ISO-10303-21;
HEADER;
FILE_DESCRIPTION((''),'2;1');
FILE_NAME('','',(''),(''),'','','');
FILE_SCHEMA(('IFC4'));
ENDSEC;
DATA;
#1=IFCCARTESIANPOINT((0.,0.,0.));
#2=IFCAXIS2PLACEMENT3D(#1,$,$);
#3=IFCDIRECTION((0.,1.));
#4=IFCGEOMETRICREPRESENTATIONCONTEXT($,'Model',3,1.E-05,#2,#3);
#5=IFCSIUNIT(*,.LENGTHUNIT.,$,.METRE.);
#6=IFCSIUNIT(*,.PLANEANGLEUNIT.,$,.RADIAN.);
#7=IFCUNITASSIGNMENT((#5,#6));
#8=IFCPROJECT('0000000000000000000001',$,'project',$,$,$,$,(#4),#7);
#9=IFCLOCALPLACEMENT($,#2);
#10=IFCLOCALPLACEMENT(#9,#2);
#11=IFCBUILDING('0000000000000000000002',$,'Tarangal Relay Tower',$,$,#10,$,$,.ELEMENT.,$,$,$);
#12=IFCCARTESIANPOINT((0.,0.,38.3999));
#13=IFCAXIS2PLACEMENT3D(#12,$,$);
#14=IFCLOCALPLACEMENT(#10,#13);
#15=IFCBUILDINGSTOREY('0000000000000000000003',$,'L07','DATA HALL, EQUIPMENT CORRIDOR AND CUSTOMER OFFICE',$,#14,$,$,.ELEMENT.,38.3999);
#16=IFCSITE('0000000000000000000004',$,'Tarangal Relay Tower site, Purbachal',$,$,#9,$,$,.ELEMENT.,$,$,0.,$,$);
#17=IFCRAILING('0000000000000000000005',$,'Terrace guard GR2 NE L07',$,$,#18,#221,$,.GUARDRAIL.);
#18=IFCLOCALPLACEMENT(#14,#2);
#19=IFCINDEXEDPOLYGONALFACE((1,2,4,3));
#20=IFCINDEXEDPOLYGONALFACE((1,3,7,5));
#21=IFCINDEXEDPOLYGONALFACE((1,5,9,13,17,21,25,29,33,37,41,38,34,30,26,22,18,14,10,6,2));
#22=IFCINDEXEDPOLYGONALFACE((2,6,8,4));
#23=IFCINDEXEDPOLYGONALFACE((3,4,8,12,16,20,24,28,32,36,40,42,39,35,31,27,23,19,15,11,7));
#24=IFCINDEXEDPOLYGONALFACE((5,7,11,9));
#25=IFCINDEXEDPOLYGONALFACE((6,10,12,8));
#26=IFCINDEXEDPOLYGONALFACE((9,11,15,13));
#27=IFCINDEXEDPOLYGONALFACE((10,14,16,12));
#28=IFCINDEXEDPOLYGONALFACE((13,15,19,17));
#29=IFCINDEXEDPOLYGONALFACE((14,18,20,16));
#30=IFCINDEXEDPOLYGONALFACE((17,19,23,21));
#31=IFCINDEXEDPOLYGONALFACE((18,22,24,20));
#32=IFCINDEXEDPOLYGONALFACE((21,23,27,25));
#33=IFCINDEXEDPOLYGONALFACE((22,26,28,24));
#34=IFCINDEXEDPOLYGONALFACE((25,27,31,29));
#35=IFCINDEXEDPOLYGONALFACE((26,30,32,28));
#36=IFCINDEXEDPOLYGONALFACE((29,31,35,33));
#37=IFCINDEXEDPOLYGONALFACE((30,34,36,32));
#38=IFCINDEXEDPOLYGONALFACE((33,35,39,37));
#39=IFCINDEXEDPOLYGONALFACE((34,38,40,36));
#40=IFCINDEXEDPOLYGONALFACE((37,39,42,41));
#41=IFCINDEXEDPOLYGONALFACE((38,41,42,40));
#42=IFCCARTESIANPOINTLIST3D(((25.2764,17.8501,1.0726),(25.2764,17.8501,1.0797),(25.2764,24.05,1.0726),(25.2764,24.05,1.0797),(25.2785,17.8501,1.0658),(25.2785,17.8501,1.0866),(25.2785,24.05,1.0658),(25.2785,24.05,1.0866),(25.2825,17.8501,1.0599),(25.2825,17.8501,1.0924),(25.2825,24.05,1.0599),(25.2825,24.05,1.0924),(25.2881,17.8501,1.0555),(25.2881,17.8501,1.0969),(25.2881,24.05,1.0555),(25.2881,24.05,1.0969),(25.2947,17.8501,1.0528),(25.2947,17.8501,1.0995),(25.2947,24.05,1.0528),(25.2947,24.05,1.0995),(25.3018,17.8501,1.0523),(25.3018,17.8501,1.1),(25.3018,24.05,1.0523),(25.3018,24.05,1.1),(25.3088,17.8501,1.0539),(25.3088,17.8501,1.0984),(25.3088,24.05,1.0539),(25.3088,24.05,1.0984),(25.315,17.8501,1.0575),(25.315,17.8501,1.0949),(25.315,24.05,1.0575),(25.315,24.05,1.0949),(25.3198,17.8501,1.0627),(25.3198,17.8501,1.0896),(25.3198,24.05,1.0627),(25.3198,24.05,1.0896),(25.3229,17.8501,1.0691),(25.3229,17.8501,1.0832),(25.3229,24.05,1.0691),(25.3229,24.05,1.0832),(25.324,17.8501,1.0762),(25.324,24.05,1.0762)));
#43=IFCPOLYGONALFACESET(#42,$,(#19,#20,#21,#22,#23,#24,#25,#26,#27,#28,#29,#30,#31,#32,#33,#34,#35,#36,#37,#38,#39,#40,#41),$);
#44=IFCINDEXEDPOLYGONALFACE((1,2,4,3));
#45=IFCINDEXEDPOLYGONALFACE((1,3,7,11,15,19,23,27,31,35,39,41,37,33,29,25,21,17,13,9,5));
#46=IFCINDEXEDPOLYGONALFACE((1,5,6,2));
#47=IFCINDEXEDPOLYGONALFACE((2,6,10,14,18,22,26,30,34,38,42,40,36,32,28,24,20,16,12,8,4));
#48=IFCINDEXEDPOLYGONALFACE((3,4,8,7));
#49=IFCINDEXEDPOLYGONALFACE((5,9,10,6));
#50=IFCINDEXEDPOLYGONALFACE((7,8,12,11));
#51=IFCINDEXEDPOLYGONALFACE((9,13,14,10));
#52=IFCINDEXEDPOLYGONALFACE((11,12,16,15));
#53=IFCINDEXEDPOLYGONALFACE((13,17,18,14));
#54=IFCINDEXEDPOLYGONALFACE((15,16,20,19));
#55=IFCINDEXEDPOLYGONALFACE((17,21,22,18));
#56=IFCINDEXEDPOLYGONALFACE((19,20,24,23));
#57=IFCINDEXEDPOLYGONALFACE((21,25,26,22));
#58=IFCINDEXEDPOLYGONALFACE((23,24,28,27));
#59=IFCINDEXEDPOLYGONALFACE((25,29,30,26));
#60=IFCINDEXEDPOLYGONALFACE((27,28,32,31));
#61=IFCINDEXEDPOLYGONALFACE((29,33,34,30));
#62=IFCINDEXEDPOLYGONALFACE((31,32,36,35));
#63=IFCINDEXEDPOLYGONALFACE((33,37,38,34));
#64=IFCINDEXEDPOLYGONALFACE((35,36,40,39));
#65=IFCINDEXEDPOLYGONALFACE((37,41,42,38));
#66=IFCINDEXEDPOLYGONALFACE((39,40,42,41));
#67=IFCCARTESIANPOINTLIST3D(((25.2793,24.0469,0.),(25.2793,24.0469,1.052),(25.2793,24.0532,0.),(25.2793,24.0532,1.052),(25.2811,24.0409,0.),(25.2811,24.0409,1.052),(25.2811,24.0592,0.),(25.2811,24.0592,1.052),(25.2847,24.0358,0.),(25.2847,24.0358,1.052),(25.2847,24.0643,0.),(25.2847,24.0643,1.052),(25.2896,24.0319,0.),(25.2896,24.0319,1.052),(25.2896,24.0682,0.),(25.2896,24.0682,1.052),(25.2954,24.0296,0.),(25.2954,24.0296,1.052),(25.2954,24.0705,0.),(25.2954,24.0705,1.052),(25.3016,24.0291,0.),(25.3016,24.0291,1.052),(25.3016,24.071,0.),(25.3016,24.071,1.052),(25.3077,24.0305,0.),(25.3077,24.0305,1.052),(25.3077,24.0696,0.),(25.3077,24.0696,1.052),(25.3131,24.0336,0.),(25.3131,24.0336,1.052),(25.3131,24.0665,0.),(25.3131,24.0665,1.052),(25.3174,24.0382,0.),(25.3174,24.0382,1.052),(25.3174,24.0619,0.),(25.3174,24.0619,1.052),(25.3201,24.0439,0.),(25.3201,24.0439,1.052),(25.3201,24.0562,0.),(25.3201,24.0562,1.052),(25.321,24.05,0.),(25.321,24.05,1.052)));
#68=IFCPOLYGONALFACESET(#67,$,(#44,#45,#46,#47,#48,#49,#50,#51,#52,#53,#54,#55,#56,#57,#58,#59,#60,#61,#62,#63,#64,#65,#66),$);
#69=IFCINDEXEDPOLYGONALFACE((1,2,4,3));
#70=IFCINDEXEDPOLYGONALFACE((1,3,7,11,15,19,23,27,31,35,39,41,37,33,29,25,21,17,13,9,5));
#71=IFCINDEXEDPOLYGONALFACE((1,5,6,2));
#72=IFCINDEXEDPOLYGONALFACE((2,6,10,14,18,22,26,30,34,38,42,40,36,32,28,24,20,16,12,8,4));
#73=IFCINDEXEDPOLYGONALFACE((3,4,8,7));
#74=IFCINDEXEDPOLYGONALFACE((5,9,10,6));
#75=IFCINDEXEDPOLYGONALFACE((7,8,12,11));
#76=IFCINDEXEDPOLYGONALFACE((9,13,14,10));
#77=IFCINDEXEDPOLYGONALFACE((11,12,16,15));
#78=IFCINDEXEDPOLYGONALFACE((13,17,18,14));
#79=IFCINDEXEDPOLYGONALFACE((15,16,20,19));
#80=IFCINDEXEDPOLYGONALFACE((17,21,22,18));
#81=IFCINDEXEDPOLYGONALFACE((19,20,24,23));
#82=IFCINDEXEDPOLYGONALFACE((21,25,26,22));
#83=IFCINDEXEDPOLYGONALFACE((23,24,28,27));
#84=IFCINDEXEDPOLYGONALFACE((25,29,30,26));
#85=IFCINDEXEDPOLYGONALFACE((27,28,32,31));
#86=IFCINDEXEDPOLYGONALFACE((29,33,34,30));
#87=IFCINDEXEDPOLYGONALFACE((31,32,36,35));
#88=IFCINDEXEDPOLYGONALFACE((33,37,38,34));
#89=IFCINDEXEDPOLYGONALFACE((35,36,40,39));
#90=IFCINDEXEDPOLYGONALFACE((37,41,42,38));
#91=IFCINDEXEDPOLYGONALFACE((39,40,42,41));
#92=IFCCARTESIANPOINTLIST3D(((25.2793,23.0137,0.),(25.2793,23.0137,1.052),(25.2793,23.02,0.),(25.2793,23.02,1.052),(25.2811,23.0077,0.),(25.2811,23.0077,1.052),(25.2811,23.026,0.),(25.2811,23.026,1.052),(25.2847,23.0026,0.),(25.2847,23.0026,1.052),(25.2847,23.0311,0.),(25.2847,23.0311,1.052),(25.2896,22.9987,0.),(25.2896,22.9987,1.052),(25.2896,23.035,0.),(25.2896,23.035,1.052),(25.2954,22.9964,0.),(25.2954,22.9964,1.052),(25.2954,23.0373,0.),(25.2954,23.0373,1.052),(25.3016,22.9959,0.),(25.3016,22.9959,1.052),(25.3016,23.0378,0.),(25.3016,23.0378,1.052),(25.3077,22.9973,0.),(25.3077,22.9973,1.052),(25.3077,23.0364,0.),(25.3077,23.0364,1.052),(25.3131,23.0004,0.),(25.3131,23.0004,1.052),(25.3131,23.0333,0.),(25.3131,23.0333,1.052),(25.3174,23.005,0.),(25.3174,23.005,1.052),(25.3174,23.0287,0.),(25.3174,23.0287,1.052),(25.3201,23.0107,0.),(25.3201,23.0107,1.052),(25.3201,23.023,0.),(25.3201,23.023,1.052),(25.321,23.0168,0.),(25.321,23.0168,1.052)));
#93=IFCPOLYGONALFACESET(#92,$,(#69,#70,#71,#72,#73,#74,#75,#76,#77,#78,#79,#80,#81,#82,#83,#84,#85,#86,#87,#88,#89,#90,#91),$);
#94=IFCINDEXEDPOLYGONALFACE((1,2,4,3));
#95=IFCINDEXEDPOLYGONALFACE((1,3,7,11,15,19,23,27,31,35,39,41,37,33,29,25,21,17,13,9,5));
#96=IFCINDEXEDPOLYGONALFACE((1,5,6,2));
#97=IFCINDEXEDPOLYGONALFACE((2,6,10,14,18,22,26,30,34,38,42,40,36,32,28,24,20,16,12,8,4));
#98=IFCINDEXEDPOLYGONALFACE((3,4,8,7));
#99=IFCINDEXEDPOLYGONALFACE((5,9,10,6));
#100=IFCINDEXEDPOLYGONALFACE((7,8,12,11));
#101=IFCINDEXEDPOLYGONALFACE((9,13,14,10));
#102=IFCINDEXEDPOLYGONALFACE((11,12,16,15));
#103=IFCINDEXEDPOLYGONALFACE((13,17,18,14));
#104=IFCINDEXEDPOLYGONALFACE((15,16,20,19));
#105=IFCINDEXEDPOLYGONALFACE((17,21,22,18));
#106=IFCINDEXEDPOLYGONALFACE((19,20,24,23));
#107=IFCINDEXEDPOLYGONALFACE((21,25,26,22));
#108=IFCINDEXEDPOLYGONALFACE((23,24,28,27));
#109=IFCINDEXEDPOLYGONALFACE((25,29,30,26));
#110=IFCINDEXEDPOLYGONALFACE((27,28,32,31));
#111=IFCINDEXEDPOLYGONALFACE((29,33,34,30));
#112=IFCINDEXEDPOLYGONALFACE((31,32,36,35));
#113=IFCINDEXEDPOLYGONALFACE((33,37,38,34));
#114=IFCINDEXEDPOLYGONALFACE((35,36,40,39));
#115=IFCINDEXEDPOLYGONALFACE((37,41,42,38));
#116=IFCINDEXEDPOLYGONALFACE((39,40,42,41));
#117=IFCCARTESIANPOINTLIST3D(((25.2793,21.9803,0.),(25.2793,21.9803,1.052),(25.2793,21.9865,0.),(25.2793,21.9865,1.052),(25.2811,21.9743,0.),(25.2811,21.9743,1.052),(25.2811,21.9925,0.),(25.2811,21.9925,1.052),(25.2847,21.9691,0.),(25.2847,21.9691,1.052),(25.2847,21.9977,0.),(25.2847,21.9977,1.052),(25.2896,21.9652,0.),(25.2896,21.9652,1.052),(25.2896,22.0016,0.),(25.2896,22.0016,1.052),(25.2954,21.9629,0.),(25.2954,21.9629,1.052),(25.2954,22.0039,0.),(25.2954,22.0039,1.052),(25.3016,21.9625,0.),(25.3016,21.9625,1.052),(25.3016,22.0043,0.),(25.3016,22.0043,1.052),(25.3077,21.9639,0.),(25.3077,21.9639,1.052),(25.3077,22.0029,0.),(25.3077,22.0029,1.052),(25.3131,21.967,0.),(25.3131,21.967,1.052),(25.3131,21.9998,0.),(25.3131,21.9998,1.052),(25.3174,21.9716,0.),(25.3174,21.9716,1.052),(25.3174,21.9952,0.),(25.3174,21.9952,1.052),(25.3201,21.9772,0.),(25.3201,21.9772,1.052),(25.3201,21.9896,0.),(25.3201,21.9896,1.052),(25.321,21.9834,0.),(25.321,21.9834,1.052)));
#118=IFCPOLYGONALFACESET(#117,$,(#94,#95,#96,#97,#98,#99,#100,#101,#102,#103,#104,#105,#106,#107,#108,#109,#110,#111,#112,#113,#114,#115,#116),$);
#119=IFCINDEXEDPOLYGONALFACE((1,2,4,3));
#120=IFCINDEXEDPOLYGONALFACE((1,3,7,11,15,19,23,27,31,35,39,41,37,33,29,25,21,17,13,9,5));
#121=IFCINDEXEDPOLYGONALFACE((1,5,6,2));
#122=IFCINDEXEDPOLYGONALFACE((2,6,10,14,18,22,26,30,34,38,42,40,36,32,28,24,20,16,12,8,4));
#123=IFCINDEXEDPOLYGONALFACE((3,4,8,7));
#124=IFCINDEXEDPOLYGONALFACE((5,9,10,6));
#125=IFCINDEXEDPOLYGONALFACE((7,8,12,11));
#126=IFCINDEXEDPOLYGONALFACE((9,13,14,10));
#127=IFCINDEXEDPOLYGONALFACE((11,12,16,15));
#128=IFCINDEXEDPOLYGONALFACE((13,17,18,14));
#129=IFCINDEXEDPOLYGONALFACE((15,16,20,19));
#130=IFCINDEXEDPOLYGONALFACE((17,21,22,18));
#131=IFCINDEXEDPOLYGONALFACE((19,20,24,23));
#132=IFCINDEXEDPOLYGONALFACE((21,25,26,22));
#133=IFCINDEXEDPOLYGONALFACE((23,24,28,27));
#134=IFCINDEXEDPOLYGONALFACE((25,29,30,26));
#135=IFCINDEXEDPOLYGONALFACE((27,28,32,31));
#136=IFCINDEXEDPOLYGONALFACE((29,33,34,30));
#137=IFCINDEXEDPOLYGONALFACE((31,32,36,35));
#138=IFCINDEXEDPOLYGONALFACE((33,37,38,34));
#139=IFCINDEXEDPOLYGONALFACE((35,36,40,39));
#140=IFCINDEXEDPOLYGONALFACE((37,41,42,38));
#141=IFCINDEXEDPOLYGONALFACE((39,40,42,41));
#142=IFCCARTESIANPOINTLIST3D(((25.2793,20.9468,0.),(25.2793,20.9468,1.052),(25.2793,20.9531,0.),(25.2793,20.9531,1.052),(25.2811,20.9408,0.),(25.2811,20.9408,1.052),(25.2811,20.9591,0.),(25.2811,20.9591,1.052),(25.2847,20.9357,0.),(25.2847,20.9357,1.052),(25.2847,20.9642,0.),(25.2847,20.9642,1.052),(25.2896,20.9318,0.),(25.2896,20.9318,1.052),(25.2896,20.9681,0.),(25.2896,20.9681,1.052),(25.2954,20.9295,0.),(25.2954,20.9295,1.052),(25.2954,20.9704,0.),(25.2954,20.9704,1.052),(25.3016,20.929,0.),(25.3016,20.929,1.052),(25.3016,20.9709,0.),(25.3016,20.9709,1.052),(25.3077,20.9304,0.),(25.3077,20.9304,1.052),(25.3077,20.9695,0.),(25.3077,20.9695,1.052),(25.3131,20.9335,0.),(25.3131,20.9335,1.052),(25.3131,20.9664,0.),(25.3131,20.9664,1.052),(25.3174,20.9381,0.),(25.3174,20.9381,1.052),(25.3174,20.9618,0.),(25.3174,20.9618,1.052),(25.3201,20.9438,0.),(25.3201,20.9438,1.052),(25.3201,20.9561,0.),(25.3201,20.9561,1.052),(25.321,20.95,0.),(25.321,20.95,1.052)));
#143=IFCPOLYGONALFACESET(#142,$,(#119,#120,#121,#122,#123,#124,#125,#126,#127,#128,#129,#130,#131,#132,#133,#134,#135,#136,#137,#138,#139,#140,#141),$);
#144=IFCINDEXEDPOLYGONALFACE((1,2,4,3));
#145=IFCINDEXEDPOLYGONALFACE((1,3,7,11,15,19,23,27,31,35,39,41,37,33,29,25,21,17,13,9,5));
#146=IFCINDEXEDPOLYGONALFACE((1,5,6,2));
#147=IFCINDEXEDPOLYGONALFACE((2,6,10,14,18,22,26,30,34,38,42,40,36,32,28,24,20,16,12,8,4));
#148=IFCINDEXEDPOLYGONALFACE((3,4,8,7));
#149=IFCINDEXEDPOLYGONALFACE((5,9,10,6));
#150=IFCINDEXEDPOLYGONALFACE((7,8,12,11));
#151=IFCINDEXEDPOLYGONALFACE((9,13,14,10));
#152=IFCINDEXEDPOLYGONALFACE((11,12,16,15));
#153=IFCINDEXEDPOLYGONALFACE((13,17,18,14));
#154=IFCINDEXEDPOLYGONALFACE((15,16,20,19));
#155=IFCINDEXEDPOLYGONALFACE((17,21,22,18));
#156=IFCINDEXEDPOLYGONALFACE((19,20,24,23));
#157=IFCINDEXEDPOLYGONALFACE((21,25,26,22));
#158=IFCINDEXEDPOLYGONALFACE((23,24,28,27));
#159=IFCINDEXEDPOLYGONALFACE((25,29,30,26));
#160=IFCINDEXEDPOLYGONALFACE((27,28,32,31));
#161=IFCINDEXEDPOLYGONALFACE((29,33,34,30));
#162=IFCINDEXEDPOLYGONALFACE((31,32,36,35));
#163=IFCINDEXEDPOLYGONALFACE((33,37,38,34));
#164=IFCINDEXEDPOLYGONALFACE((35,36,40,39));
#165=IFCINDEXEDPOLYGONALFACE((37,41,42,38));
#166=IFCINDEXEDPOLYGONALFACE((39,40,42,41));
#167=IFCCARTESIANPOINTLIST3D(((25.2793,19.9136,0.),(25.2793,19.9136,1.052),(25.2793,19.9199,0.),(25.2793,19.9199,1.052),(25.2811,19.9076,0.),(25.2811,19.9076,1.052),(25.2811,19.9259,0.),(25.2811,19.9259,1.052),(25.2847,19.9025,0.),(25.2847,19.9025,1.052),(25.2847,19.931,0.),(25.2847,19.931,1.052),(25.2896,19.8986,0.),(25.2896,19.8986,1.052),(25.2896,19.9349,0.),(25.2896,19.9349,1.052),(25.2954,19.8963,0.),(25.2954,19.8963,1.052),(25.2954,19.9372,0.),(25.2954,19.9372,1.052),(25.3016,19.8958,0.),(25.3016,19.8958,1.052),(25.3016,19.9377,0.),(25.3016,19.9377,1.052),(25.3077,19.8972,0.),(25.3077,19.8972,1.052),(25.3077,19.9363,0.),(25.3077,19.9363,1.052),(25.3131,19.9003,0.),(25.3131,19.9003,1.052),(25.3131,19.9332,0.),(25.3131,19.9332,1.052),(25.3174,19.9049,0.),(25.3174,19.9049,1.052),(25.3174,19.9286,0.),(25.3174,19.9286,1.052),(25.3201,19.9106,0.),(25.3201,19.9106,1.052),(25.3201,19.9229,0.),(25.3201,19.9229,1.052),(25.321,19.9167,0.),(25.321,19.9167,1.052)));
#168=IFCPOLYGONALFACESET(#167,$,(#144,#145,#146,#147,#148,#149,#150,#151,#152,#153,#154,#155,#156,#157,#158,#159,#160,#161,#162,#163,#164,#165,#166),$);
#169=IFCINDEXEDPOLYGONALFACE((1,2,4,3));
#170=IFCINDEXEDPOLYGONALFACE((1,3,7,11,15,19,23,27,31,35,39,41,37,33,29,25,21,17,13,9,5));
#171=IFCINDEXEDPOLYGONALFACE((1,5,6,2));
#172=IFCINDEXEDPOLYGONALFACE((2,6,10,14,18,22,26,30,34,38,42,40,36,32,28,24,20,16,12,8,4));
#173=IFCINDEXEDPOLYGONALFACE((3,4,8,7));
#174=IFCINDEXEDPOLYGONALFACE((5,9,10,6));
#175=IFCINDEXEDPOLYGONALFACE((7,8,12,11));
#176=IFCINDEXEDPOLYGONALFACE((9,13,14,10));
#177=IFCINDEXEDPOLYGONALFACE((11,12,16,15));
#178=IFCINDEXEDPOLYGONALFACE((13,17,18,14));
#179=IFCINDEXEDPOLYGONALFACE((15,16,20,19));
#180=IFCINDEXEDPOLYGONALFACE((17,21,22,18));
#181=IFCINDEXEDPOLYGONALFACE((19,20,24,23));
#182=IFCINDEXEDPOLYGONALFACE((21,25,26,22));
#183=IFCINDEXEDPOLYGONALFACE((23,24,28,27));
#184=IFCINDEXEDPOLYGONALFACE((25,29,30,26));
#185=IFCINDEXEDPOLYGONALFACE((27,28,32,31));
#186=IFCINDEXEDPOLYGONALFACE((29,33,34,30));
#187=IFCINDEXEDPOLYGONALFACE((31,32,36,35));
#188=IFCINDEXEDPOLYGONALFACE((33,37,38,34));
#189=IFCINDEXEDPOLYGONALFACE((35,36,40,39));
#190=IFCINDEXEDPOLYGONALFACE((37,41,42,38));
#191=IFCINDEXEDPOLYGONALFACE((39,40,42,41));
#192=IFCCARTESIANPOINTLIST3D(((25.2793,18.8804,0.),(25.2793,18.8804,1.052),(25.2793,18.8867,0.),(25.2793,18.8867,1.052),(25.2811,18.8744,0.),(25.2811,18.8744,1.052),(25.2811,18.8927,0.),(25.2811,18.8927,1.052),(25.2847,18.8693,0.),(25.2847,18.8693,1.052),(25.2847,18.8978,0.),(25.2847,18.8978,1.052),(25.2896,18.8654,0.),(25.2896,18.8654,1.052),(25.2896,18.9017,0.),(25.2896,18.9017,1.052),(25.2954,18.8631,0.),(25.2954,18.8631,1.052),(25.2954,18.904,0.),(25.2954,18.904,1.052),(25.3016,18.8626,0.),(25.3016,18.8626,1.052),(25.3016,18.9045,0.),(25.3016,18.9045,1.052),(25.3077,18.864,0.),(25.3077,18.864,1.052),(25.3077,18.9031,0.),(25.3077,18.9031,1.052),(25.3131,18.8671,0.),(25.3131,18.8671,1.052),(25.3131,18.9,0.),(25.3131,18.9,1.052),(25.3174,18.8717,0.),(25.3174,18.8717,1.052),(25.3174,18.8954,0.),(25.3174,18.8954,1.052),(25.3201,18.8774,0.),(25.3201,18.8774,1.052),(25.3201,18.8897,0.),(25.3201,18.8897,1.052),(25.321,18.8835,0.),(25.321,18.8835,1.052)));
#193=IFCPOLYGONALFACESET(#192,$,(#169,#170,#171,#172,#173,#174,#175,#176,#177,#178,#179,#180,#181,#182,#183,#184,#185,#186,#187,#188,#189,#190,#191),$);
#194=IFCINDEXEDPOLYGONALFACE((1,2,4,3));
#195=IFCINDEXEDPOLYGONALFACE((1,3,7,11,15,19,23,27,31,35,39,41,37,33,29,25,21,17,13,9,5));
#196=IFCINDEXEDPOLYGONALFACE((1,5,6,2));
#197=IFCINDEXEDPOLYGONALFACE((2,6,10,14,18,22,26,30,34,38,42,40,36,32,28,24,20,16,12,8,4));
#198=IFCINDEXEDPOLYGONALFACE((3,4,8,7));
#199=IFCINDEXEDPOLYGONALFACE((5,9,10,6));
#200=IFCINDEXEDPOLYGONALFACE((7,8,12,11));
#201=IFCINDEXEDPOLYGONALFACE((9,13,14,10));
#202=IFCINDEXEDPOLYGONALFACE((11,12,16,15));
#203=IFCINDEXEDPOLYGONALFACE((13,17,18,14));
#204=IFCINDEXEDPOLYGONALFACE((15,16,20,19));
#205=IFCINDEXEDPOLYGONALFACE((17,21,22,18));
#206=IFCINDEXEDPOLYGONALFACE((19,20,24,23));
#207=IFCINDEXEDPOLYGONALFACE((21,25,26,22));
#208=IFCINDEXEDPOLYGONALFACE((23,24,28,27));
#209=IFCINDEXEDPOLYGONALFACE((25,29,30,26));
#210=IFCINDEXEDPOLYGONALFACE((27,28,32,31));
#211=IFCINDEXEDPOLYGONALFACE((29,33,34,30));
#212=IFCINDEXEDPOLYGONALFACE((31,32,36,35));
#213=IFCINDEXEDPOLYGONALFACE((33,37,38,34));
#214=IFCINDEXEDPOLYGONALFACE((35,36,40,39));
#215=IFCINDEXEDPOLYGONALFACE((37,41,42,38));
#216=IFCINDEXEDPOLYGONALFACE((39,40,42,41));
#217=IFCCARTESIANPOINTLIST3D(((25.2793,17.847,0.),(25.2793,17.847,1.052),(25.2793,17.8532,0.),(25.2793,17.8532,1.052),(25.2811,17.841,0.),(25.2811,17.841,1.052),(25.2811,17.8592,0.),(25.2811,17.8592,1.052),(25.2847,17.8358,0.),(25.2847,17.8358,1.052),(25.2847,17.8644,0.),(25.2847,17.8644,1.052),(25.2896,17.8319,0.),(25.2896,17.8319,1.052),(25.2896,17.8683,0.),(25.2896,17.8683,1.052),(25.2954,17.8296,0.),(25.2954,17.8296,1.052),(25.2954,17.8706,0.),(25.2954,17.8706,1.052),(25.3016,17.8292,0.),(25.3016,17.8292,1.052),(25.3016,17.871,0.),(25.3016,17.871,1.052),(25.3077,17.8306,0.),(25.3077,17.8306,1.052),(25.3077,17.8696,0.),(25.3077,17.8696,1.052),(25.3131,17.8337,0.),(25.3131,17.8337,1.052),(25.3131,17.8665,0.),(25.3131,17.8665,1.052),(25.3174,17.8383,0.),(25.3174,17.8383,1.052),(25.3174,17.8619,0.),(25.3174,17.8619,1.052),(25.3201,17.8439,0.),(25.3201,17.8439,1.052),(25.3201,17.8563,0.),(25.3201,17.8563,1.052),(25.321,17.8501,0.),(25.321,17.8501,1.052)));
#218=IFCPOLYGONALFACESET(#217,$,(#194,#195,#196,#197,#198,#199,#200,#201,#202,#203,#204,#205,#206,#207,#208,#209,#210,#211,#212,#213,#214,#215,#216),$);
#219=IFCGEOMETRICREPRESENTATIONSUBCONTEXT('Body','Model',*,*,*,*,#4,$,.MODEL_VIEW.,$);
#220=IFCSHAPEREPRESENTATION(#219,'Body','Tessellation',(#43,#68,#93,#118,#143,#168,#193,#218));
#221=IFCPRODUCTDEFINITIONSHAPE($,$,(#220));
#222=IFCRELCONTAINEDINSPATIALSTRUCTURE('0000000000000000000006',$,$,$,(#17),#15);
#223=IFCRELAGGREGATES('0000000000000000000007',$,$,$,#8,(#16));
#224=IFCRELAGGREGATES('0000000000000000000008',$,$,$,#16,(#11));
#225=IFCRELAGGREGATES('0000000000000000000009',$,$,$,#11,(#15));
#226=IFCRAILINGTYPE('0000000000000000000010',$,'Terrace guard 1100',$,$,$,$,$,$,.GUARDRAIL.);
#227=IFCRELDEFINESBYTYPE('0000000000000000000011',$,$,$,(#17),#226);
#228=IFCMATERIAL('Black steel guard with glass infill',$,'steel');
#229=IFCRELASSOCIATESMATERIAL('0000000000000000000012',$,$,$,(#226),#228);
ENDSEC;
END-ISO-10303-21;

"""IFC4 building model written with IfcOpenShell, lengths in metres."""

from ifc_helpers import new_model, si_unit, direction, frame, origin, origin_2d, place, context, subcontext, project, spatial, circle, extrude, material, type_object, element, save


model = new_model("IFC4")

# Units and contexts
model_context = context("Model", 3, precision=1e-05, world=origin(), true_north=direction((0.0, 1.0)))
body_context = subcontext(model_context, "Body", "Model", "MODEL_VIEW")
ifc_project = project(units=[si_unit("LENGTHUNIT", "METRE"), si_unit("PLANEANGLEUNIT", "RADIAN")], contexts=[model_context])

# Site, building, storey
site_placement = place(None, origin())
site = spatial("IfcSite", under=ifc_project, at=site_placement, Name="Tarangal Relay Tower site, Purbachal", CompositionType="ELEMENT", RefElevation=0.0)
building_placement = place(site_placement, origin())
building = spatial("IfcBuilding", under=site, at=building_placement, Name="Tarangal Relay Tower", CompositionType="ELEMENT")
storey_placement = place(building_placement, frame((0.0, 0.0, 38.3999)))
storey = spatial("IfcBuildingStorey", under=building, at=storey_placement, Name="L07", Description="DATA HALL, EQUIPMENT CORRIDOR AND CUSTOMER OFFICE", CompositionType="ELEMENT", Elevation=38.3999)

# Railing
ifc_material_1 = material(Name="Black steel guard with glass infill", Category="steel")
railing_type_1 = type_object("IfcRailingType", Name="Terrace guard 1100", PredefinedType="GUARDRAIL", material=ifc_material_1)
railing_1_placement = place(storey_placement, frame((25.3, 24.05, 0.0)))
element("IfcRailing", 1, at=railing_1_placement, inside=storey, type_object=railing_type_1, Name="Terrace guard GR2 NE L07", PredefinedType="GUARDRAIL", context=body_context, shape_type="SweptSolid", body=[
    extrude(circle(Radius=0.0239, at=origin_2d()), frame((0.0, 0.0, 1.0762), z_axis=(0.0, -1.0, 0.0), x_axis=(1.0, 0.0, 0.0)), (0.0, 0.0, 1.0), 6.2),
    extrude(circle(Radius=0.021, at=origin_2d()), origin(), (0.0, 0.0, 1.0), 1.052),
    extrude(circle(Radius=0.021, at=origin_2d()), frame((0.0, -1.0332, 0.0)), (0.0, 0.0, 1.0), 1.052),
    extrude(circle(Radius=0.021, at=origin_2d()), frame((0.0, -2.0667, 0.0)), (0.0, 0.0, 1.0), 1.052),
    extrude(circle(Radius=0.021, at=origin_2d()), frame((0.0, -3.1001, 0.0)), (0.0, 0.0, 1.0), 1.052),
    extrude(circle(Radius=0.021, at=origin_2d()), frame((0.0, -4.1333, 0.0)), (0.0, 0.0, 1.0), 1.052),
    extrude(circle(Radius=0.021, at=origin_2d()), frame((0.0, -5.1665, 0.0)), (0.0, 0.0, 1.0), 1.052),
    extrude(circle(Radius=0.021, at=origin_2d()), frame((0.0, -6.2, 0.0)), (0.0, 0.0, 1.0), 1.052),
])

save(model, "model.ifc")
